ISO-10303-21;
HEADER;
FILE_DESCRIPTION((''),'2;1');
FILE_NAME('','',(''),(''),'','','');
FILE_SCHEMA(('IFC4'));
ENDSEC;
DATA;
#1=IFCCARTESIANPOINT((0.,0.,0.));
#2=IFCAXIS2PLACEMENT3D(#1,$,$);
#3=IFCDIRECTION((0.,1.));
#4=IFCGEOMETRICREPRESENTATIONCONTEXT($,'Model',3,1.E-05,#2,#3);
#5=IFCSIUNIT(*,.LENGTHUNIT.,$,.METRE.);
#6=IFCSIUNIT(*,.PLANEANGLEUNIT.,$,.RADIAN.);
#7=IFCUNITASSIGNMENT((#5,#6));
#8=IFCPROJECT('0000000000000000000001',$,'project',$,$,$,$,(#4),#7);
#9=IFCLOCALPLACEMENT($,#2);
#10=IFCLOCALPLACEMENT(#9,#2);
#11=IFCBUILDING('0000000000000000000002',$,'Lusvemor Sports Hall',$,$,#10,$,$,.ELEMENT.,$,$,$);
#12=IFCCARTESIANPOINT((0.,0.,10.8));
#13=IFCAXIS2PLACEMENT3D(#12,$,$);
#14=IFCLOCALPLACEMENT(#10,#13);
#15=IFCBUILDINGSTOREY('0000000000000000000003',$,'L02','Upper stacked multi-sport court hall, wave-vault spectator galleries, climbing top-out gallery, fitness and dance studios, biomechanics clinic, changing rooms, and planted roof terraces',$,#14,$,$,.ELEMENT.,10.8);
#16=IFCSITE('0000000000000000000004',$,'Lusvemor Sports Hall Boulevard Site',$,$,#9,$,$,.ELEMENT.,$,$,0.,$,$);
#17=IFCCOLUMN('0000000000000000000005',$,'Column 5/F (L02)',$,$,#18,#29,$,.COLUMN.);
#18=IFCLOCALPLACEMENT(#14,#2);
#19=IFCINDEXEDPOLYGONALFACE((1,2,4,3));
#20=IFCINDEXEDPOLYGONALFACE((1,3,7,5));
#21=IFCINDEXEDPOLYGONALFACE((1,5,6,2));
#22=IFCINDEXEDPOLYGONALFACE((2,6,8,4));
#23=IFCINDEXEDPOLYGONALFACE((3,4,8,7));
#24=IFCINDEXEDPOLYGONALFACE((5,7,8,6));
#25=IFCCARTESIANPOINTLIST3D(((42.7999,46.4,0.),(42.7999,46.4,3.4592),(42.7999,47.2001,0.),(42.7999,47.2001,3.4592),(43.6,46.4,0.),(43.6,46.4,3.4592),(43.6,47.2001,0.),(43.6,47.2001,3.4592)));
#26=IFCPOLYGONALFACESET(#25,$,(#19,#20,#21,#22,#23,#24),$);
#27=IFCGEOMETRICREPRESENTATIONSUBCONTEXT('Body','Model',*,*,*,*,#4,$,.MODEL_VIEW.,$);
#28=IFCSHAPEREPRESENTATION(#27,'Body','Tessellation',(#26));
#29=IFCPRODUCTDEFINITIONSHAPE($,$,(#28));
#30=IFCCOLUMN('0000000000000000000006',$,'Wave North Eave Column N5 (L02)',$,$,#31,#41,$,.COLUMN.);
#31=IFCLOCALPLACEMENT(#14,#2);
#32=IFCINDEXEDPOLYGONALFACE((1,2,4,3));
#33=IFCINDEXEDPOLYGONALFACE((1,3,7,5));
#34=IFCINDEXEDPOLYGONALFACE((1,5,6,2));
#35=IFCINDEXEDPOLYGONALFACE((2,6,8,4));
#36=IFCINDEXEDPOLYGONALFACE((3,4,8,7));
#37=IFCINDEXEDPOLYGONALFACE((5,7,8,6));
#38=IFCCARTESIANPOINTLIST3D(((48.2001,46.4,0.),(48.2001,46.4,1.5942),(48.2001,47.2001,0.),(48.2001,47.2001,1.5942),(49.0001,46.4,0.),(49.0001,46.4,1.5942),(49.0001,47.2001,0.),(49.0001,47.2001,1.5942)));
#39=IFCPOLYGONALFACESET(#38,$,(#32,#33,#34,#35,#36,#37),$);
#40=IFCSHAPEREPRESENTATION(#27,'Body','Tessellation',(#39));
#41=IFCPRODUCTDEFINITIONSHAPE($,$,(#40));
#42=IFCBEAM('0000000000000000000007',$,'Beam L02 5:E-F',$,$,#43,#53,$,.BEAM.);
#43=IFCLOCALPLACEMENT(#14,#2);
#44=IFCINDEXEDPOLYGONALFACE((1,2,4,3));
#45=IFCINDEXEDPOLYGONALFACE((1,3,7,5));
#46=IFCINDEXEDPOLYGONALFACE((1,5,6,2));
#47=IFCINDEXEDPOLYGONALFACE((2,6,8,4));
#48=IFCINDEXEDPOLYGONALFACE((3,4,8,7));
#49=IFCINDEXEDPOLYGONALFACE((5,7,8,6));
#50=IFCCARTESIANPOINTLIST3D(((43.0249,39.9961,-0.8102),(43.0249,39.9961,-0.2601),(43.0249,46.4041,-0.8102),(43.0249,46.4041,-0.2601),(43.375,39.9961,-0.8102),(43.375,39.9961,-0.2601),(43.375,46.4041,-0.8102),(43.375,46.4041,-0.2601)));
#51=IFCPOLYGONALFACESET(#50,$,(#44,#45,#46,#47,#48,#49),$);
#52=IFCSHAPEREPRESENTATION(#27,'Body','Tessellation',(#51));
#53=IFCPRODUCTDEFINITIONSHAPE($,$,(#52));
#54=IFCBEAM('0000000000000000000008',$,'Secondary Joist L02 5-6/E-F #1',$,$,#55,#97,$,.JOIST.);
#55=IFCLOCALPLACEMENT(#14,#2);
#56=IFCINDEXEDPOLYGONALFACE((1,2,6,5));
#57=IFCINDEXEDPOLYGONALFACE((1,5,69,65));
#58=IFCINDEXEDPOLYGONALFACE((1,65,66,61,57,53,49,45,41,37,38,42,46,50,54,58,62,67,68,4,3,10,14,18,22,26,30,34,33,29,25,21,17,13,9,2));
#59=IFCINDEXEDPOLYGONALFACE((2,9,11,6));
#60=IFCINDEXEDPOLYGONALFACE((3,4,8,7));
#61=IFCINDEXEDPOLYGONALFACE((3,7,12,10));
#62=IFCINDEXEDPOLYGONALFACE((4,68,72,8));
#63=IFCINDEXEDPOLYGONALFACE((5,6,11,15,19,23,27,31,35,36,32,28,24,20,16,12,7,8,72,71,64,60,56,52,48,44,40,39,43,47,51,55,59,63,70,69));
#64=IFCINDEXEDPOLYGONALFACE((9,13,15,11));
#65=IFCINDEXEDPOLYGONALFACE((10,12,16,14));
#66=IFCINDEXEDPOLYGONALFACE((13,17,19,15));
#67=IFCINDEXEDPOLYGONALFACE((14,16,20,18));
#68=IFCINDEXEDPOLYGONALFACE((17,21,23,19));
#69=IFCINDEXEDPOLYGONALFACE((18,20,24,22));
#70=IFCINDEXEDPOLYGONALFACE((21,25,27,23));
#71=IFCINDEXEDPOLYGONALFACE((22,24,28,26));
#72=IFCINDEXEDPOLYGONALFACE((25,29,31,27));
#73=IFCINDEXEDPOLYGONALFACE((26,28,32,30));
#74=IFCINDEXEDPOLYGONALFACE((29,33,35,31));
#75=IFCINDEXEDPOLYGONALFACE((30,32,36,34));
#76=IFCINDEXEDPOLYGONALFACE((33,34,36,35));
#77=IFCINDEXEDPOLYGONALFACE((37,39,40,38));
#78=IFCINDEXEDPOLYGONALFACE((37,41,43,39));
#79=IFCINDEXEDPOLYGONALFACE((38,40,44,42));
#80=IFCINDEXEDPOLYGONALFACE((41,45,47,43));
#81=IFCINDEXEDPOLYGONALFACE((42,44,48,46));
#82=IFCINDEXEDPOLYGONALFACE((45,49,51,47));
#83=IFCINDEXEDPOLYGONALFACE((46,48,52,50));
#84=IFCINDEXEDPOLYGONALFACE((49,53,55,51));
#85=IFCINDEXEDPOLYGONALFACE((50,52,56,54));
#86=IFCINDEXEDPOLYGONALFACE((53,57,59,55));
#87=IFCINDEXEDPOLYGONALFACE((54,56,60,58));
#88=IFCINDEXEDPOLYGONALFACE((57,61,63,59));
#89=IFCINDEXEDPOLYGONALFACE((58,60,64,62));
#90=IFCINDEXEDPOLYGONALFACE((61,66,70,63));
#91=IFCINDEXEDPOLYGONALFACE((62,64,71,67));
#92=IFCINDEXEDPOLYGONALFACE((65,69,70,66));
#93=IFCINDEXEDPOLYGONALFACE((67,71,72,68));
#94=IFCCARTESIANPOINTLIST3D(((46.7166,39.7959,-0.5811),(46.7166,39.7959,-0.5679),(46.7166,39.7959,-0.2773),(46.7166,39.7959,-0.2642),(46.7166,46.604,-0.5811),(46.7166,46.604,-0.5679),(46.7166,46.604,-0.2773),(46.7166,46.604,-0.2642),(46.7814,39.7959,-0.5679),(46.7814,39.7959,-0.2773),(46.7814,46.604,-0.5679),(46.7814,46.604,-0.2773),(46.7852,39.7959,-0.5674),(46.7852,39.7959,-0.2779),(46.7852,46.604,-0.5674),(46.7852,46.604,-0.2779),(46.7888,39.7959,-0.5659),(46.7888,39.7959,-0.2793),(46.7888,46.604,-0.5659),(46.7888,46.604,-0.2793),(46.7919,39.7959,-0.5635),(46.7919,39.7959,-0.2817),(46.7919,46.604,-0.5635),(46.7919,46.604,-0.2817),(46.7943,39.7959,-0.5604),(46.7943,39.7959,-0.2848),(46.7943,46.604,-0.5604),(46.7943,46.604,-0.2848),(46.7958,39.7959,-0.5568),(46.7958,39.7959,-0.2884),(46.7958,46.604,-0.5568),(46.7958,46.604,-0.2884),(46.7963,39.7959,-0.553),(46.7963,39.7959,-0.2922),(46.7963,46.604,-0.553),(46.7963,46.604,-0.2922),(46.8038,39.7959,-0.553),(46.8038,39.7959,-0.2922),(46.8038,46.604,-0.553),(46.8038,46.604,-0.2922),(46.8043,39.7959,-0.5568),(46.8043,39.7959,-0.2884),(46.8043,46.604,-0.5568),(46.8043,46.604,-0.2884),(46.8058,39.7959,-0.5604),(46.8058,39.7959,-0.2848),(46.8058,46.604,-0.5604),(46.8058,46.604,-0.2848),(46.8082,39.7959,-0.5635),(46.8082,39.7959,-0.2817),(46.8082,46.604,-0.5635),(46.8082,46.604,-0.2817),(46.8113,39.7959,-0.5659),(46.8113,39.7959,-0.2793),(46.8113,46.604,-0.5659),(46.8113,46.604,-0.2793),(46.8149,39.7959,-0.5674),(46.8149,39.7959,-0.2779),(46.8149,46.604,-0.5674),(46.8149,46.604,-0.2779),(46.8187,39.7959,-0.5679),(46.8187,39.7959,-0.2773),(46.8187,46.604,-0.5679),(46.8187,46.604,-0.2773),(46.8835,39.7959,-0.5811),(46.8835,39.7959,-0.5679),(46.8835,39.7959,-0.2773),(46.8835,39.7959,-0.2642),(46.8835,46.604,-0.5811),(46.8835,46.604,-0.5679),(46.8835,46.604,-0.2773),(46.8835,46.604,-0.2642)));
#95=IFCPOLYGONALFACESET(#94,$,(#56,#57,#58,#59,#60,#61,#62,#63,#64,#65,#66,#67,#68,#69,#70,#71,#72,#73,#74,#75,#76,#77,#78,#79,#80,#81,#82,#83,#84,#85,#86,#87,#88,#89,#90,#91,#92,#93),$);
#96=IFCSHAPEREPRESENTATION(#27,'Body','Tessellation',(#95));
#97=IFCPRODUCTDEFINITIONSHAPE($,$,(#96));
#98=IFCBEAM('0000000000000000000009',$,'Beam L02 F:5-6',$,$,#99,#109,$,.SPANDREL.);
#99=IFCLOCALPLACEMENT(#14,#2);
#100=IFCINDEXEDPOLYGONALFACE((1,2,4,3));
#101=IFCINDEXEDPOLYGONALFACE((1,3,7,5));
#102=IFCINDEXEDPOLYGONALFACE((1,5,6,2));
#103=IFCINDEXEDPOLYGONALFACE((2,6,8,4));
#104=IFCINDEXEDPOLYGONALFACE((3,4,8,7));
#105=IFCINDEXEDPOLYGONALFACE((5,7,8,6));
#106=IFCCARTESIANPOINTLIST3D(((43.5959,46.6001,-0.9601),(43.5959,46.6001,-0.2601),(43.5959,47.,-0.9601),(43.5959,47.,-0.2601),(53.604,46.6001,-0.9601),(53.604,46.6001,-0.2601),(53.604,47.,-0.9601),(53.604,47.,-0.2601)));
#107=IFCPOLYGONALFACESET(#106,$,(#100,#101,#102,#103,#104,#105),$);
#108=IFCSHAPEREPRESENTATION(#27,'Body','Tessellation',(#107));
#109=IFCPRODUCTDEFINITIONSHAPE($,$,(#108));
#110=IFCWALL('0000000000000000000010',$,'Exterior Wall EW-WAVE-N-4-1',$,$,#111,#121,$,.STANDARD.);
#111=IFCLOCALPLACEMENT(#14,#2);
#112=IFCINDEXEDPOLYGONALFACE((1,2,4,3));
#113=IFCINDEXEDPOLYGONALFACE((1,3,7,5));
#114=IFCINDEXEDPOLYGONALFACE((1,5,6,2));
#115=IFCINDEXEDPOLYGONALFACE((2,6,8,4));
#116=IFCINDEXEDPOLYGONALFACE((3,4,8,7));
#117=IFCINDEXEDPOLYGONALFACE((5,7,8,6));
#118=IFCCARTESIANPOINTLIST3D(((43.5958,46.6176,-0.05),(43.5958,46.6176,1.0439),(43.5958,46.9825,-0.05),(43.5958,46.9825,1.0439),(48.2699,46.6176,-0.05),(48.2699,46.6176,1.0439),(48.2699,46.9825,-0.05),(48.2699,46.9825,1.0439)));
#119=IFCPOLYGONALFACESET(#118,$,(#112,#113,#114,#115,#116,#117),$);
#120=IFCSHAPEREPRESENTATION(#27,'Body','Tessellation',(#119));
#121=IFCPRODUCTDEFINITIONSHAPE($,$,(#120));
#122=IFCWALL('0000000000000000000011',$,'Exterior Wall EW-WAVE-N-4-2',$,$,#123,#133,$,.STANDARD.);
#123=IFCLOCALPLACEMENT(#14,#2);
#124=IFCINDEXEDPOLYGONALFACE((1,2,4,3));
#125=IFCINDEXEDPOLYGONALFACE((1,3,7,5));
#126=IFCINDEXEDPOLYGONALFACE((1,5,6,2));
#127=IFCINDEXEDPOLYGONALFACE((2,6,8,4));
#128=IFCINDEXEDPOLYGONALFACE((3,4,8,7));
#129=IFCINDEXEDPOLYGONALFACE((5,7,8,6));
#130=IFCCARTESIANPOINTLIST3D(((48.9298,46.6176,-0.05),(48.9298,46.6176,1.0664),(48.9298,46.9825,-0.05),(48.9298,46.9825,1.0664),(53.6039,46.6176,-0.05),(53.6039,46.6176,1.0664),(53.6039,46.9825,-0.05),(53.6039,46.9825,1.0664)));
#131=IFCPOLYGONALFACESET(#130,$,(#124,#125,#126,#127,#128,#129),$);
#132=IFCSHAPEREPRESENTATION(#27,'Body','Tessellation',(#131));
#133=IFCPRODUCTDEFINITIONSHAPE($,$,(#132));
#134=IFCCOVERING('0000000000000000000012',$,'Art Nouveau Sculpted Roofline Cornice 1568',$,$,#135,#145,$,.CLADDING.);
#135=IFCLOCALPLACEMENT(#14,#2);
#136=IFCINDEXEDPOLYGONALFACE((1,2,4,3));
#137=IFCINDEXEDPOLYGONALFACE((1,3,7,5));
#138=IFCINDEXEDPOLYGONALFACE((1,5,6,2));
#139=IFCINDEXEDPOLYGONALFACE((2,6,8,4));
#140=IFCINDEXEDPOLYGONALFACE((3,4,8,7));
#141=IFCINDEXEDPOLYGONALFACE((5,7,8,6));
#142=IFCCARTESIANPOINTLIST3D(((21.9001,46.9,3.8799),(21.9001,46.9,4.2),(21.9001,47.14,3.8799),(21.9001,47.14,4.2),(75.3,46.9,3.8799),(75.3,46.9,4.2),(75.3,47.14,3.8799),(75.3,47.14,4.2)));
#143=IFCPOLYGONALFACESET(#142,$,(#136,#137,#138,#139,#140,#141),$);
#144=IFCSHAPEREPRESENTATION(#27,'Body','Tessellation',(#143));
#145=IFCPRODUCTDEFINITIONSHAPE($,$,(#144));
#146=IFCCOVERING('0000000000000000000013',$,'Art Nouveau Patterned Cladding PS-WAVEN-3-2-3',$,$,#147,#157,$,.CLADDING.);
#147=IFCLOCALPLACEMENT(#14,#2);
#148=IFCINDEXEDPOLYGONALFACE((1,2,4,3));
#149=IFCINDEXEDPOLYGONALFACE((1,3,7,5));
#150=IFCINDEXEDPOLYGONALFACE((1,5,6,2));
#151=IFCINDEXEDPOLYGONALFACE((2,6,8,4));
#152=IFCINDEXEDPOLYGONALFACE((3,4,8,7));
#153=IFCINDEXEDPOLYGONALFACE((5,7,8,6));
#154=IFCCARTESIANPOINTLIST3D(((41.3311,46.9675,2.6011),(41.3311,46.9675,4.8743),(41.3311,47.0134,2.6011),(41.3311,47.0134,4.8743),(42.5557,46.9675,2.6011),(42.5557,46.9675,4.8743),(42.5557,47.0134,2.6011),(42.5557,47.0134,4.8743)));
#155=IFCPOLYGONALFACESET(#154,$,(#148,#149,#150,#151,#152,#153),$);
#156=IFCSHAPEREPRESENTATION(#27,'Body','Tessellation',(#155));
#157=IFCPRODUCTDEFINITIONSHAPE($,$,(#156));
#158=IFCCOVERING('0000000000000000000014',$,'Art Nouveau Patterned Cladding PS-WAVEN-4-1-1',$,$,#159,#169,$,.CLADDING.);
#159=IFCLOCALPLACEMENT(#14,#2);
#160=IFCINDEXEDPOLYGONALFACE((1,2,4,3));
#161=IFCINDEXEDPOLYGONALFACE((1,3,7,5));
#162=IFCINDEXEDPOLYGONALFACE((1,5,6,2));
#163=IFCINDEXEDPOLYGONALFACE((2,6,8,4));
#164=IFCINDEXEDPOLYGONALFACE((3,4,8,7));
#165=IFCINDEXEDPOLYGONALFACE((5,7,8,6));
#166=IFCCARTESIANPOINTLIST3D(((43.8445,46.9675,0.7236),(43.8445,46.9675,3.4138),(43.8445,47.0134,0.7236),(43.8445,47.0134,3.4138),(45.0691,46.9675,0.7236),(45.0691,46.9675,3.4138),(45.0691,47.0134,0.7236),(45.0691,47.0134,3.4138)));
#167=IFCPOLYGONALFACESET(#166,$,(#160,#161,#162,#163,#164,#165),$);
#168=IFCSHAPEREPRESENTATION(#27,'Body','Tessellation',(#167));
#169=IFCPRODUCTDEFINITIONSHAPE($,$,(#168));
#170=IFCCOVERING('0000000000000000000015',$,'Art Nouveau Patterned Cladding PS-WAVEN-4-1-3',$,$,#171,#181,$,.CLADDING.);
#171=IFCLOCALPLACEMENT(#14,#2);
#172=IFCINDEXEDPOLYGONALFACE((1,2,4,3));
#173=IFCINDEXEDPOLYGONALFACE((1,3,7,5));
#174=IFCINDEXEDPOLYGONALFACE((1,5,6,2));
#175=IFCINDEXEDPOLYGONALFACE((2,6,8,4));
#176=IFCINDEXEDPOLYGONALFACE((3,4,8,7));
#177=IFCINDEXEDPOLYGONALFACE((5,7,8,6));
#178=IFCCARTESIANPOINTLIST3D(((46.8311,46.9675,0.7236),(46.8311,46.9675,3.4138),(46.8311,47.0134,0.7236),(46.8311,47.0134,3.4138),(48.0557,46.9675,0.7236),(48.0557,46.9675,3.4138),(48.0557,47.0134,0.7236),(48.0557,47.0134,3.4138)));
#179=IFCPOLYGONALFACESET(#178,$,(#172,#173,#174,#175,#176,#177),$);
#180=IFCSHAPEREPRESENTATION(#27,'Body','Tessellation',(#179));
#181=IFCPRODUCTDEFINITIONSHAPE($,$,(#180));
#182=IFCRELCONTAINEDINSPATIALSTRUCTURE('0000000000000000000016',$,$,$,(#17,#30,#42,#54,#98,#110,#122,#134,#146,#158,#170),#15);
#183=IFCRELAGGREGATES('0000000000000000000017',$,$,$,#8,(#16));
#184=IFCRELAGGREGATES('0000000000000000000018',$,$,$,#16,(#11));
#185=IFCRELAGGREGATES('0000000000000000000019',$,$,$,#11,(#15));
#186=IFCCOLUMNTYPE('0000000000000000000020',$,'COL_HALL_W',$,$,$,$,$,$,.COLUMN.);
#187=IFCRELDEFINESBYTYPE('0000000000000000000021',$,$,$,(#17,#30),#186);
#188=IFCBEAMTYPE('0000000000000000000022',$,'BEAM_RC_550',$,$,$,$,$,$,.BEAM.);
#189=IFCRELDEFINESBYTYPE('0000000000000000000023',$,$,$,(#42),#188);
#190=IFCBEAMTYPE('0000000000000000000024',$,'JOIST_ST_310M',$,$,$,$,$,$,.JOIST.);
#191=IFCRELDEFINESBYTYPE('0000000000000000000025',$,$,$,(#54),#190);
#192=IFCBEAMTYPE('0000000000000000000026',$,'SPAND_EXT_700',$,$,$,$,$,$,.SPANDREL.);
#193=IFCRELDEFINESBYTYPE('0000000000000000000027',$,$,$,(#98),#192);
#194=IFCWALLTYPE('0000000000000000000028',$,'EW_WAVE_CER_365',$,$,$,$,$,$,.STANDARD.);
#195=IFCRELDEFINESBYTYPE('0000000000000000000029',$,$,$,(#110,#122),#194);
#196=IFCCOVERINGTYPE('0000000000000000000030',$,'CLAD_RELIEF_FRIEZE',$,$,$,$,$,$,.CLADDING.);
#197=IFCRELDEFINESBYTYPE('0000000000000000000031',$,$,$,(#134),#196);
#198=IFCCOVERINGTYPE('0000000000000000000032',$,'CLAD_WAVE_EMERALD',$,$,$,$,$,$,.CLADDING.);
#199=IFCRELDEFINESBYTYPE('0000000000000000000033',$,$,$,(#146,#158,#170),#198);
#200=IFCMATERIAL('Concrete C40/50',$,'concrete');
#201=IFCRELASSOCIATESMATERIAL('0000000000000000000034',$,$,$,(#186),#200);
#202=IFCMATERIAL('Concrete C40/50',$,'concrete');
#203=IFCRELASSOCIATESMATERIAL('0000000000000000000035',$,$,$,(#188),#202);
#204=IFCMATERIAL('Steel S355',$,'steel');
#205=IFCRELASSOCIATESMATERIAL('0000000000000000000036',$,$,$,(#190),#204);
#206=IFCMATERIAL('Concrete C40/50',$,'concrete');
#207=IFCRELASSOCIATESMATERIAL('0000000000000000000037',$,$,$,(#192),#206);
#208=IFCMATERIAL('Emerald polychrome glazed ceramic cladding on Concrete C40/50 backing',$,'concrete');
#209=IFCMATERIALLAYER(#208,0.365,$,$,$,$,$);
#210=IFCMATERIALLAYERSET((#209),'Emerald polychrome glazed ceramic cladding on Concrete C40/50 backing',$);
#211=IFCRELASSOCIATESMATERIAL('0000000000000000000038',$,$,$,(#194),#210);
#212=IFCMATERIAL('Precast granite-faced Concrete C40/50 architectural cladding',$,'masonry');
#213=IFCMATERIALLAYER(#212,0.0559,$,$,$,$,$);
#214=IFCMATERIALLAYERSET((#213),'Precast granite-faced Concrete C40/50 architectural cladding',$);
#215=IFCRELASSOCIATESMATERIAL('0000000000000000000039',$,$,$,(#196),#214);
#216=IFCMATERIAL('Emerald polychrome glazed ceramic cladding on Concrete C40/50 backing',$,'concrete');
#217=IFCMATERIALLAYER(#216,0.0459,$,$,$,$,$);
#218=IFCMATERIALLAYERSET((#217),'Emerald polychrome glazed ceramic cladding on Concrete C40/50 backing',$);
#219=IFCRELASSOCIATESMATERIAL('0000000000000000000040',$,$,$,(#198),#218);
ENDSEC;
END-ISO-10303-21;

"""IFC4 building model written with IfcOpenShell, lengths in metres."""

from ifc_helpers import new_model, si_unit, direction, frame, frame_2d, origin, origin_2d, place, context, subcontext, project, spatial, rectangle, i_section, extrude, material, layer, layer_set, material_profile, profile_set, type_object, element, save


model = new_model("IFC4")

# Units and contexts
model_context = context("Model", 3, precision=1e-05, world=origin(), true_north=direction((0.0, 1.0)))
body_context = subcontext(model_context, "Body", "Model", "MODEL_VIEW")
ifc_project = project(units=[si_unit("LENGTHUNIT", "METRE"), si_unit("PLANEANGLEUNIT", "RADIAN")], contexts=[model_context])

# Site, building, storey
site_placement = place(None, origin())
site = spatial("IfcSite", under=ifc_project, at=site_placement, Name="Lusvemor Sports Hall Boulevard Site", CompositionType="ELEMENT", RefElevation=0.0)
building_placement = place(site_placement, origin())
building = spatial("IfcBuilding", under=site, at=building_placement, Name="Lusvemor Sports Hall", CompositionType="ELEMENT")
storey_placement = place(building_placement, frame((0.0, 0.0, 10.8)))
storey = spatial("IfcBuildingStorey", under=building, at=storey_placement, Name="L02", Description="Upper stacked multi-sport court hall, wave-vault spectator galleries, climbing top-out gallery, fitness and dance studios, biomechanics clinic, changing rooms, and planted roof terraces", CompositionType="ELEMENT", Elevation=10.8)

# Columns
ifc_material_1 = material(Name="Concrete C40/50", Category="concrete")
ifc_material_profile_1 = material_profile(ifc_material_1, rectangle(XDim=0.8, YDim=0.8, at=origin_2d()), Name="RC800x800")
ifc_profile_set_1 = profile_set([ifc_material_profile_1], Name="Concrete C40/50")
column_type = type_object("IfcColumnType", Name="COL_HALL_W", PredefinedType="COLUMN", material=ifc_profile_set_1)
column_1_placement = place(storey_placement, frame((43.2, 46.8, 0.0), z_axis=(0.0, 0.0, 1.0), x_axis=(1.0, 0.0, 0.0)))
element("IfcColumn", 1, at=column_1_placement, inside=storey, type_object=column_type, Name="Column 5/F (L02)", PredefinedType="COLUMN", context=body_context, shape_type="SweptSolid", body=[
    extrude(rectangle(XDim=0.8, YDim=0.8, at=origin_2d()), origin(), (0.0, 0.0, 1.0), 3.4592),
])
column_2_placement = place(storey_placement, frame((48.6001, 46.8, 0.0), z_axis=(0.0, 0.0, 1.0), x_axis=(1.0, 0.0, 0.0)))
element("IfcColumn", 2, at=column_2_placement, inside=storey, type_object=column_type, Name="Wave North Eave Column N5 (L02)", PredefinedType="COLUMN", context=body_context, shape_type="SweptSolid", body=[
    extrude(rectangle(XDim=0.8, YDim=0.8, at=origin_2d()), origin(), (0.0, 0.0, 1.0), 1.5942),
])

# Beams
ifc_material_2 = material(Name="Concrete C40/50", Category="concrete")
ifc_material_profile_2 = material_profile(ifc_material_2, rectangle(XDim=0.3501, YDim=0.55, at=origin_2d()), Name="RC350x550")
ifc_profile_set_2 = profile_set([ifc_material_profile_2], Name="Concrete C40/50")
beam_type_1 = type_object("IfcBeamType", Name="BEAM_RC_550", PredefinedType="BEAM", material=ifc_profile_set_2)
beam_1_placement = place(storey_placement, frame((43.2, 39.9961, -0.5352), z_axis=(0.0, 1.0, 0.0), x_axis=(-1.0, 0.0, 0.0)))
element("IfcBeam", 3, at=beam_1_placement, inside=storey, type_object=beam_type_1, Name="Beam L02 5:E-F", PredefinedType="BEAM", context=body_context, shape_type="SweptSolid", body=[
    extrude(rectangle(XDim=0.3501, YDim=0.55, at=origin_2d()), origin(), (0.0, 0.0, 1.0), 6.408),
])
ifc_material_3 = material(Name="Steel S355", Category="steel")
ifc_material_profile_3 = material_profile(ifc_material_3, i_section(OverallWidth=0.167, OverallDepth=0.3169, WebThickness=0.0076, FlangeThickness=0.0132, FilletRadius=0.0149, at=origin_2d()), Name="W310x52.0")
ifc_profile_set_3 = profile_set([ifc_material_profile_3], Name="Steel S355")
beam_type_2 = type_object("IfcBeamType", Name="JOIST_ST_310M", PredefinedType="JOIST", material=ifc_profile_set_3)
beam_2_placement = place(storey_placement, frame((46.8, 39.7959, -0.4226), z_axis=(0.0, 1.0, 0.0), x_axis=(-1.0, 0.0, 0.0)))
element("IfcBeam", 4, at=beam_2_placement, inside=storey, type_object=beam_type_2, Name="Secondary Joist L02 5-6/E-F #1", PredefinedType="JOIST", context=body_context, shape_type="SweptSolid", body=[
    extrude(i_section(OverallWidth=0.167, OverallDepth=0.3169, WebThickness=0.0076, FlangeThickness=0.0132, FilletRadius=0.0149, at=origin_2d()), origin(), (0.0, 0.0, 1.0), 6.8081),
])
ifc_material_4 = material(Name="Concrete C40/50", Category="concrete")
ifc_material_profile_4 = material_profile(ifc_material_4, rectangle(XDim=0.3999, YDim=0.7, at=origin_2d()), Name="RC400x700")
ifc_profile_set_4 = profile_set([ifc_material_profile_4], Name="Concrete C40/50")
beam_type_3 = type_object("IfcBeamType", Name="SPAND_EXT_700", PredefinedType="SPANDREL", material=ifc_profile_set_4)
beam_3_placement = place(storey_placement, frame((43.5959, 46.8, -0.6101), z_axis=(1.0, 0.0, 0.0), x_axis=(0.0, 1.0, 0.0)))
element("IfcBeam", 5, at=beam_3_placement, inside=storey, type_object=beam_type_3, Name="Beam L02 F:5-6", PredefinedType="SPANDREL", context=body_context, shape_type="SweptSolid", body=[
    extrude(rectangle(XDim=0.3999, YDim=0.7, at=origin_2d()), origin(), (0.0, 0.0, 1.0), 10.0081),
])

# Walls
ifc_material_5 = material(Name="Emerald polychrome glazed ceramic cladding on Concrete C40/50 backing", Category="concrete")
ifc_layer_1 = layer(ifc_material_5, 0.365)
ifc_layer_set_1 = layer_set([ifc_layer_1], Name="Emerald polychrome glazed ceramic cladding on Concrete C40/50 backing")
wall_type = type_object("IfcWallType", Name="EW_WAVE_CER_365", PredefinedType="STANDARD", material=ifc_layer_set_1)
wall_1_placement = place(storey_placement, frame((43.5959, 46.8, -0.05), z_axis=(0.0, 0.0, 1.0), x_axis=(1.0, 0.0, 0.0)))
element("IfcWall", 6, at=wall_1_placement, inside=storey, type_object=wall_type, Name="Exterior Wall EW-WAVE-N-4-1", PredefinedType="STANDARD", context=body_context, shape_type="SweptSolid", body=[
    extrude(rectangle(XDim=4.6741, YDim=0.365, at=frame_2d((2.3369, 0.0))), origin(), (0.0, 0.0, 1.0), 1.094),
])
wall_2_placement = place(storey_placement, frame((48.9299, 46.8, -0.05), z_axis=(0.0, 0.0, 1.0), x_axis=(1.0, 0.0, 0.0)))
element("IfcWall", 7, at=wall_2_placement, inside=storey, type_object=wall_type, Name="Exterior Wall EW-WAVE-N-4-2", PredefinedType="STANDARD", context=body_context, shape_type="SweptSolid", body=[
    extrude(rectangle(XDim=4.6741, YDim=0.365, at=frame_2d((2.3369, 0.0))), origin(), (0.0, 0.0, 1.0), 1.1165),
])

# Coverings
ifc_material_6 = material(Name="Precast granite-faced Concrete C40/50 architectural cladding", Category="masonry")
ifc_layer_2 = layer(ifc_material_6, 0.0559)
ifc_layer_set_2 = layer_set([ifc_layer_2], Name="Precast granite-faced Concrete C40/50 architectural cladding")
covering_type_1 = type_object("IfcCoveringType", Name="CLAD_RELIEF_FRIEZE", PredefinedType="CLADDING", material=ifc_layer_set_2)
covering_1_placement = place(storey_placement, frame((48.6001, 47.02, 3.8799), z_axis=(0.0, 0.0, 1.0), x_axis=(1.0, 0.0, 0.0)))
element("IfcCovering", 8, at=covering_1_placement, inside=storey, type_object=covering_type_1, Name="Art Nouveau Sculpted Roofline Cornice 1568", PredefinedType="CLADDING", context=body_context, shape_type="SweptSolid", body=[
    extrude(rectangle(XDim=53.3999, YDim=0.24, at=origin_2d()), origin(), (0.0, 0.0, 1.0), 0.3201),
])
ifc_material_7 = material(Name="Emerald polychrome glazed ceramic cladding on Concrete C40/50 backing", Category="concrete")
ifc_layer_3 = layer(ifc_material_7, 0.0459)
ifc_layer_set_3 = layer_set([ifc_layer_3], Name="Emerald polychrome glazed ceramic cladding on Concrete C40/50 backing")
covering_type_2 = type_object("IfcCoveringType", Name="CLAD_WAVE_EMERALD", PredefinedType="CLADDING", material=ifc_layer_set_3)
covering_2_placement = place(storey_placement, frame((41.9434, 46.9905, 2.6011), z_axis=(0.0, 0.0, 1.0), x_axis=(1.0, 0.0, 0.0)))
element("IfcCovering", 9, at=covering_2_placement, inside=storey, type_object=covering_type_2, Name="Art Nouveau Patterned Cladding PS-WAVEN-3-2-3", PredefinedType="CLADDING", context=body_context, shape_type="SweptSolid", body=[
    extrude(rectangle(XDim=1.2246, YDim=0.0459, at=origin_2d()), origin(), (0.0, 0.0, 1.0), 2.2732),
])
for number, where, z_axis, x_axis, name in (
    (10, (44.4568, 46.9905, 0.7236), (0.0, 0.0, 1.0), (1.0, 0.0, 0.0), "Art Nouveau Patterned Cladding PS-WAVEN-4-1-1"),
    (11, (47.4434, 46.9905, 0.7236), (0.0, 0.0, 1.0), (1.0, 0.0, 0.0), "Art Nouveau Patterned Cladding PS-WAVEN-4-1-3"),
):
    element("IfcCovering", number, at=place(storey_placement, frame(where, z_axis=z_axis, x_axis=x_axis)), inside=storey, type_object=covering_type_2, Name=name, PredefinedType="CLADDING", context=body_context, shape_type="SweptSolid", body=[
        extrude(rectangle(XDim=1.2246, YDim=0.0459, at=origin_2d()), origin(), (0.0, 0.0, 1.0), 2.6902),
    ])

save(model, "model.ifc")
